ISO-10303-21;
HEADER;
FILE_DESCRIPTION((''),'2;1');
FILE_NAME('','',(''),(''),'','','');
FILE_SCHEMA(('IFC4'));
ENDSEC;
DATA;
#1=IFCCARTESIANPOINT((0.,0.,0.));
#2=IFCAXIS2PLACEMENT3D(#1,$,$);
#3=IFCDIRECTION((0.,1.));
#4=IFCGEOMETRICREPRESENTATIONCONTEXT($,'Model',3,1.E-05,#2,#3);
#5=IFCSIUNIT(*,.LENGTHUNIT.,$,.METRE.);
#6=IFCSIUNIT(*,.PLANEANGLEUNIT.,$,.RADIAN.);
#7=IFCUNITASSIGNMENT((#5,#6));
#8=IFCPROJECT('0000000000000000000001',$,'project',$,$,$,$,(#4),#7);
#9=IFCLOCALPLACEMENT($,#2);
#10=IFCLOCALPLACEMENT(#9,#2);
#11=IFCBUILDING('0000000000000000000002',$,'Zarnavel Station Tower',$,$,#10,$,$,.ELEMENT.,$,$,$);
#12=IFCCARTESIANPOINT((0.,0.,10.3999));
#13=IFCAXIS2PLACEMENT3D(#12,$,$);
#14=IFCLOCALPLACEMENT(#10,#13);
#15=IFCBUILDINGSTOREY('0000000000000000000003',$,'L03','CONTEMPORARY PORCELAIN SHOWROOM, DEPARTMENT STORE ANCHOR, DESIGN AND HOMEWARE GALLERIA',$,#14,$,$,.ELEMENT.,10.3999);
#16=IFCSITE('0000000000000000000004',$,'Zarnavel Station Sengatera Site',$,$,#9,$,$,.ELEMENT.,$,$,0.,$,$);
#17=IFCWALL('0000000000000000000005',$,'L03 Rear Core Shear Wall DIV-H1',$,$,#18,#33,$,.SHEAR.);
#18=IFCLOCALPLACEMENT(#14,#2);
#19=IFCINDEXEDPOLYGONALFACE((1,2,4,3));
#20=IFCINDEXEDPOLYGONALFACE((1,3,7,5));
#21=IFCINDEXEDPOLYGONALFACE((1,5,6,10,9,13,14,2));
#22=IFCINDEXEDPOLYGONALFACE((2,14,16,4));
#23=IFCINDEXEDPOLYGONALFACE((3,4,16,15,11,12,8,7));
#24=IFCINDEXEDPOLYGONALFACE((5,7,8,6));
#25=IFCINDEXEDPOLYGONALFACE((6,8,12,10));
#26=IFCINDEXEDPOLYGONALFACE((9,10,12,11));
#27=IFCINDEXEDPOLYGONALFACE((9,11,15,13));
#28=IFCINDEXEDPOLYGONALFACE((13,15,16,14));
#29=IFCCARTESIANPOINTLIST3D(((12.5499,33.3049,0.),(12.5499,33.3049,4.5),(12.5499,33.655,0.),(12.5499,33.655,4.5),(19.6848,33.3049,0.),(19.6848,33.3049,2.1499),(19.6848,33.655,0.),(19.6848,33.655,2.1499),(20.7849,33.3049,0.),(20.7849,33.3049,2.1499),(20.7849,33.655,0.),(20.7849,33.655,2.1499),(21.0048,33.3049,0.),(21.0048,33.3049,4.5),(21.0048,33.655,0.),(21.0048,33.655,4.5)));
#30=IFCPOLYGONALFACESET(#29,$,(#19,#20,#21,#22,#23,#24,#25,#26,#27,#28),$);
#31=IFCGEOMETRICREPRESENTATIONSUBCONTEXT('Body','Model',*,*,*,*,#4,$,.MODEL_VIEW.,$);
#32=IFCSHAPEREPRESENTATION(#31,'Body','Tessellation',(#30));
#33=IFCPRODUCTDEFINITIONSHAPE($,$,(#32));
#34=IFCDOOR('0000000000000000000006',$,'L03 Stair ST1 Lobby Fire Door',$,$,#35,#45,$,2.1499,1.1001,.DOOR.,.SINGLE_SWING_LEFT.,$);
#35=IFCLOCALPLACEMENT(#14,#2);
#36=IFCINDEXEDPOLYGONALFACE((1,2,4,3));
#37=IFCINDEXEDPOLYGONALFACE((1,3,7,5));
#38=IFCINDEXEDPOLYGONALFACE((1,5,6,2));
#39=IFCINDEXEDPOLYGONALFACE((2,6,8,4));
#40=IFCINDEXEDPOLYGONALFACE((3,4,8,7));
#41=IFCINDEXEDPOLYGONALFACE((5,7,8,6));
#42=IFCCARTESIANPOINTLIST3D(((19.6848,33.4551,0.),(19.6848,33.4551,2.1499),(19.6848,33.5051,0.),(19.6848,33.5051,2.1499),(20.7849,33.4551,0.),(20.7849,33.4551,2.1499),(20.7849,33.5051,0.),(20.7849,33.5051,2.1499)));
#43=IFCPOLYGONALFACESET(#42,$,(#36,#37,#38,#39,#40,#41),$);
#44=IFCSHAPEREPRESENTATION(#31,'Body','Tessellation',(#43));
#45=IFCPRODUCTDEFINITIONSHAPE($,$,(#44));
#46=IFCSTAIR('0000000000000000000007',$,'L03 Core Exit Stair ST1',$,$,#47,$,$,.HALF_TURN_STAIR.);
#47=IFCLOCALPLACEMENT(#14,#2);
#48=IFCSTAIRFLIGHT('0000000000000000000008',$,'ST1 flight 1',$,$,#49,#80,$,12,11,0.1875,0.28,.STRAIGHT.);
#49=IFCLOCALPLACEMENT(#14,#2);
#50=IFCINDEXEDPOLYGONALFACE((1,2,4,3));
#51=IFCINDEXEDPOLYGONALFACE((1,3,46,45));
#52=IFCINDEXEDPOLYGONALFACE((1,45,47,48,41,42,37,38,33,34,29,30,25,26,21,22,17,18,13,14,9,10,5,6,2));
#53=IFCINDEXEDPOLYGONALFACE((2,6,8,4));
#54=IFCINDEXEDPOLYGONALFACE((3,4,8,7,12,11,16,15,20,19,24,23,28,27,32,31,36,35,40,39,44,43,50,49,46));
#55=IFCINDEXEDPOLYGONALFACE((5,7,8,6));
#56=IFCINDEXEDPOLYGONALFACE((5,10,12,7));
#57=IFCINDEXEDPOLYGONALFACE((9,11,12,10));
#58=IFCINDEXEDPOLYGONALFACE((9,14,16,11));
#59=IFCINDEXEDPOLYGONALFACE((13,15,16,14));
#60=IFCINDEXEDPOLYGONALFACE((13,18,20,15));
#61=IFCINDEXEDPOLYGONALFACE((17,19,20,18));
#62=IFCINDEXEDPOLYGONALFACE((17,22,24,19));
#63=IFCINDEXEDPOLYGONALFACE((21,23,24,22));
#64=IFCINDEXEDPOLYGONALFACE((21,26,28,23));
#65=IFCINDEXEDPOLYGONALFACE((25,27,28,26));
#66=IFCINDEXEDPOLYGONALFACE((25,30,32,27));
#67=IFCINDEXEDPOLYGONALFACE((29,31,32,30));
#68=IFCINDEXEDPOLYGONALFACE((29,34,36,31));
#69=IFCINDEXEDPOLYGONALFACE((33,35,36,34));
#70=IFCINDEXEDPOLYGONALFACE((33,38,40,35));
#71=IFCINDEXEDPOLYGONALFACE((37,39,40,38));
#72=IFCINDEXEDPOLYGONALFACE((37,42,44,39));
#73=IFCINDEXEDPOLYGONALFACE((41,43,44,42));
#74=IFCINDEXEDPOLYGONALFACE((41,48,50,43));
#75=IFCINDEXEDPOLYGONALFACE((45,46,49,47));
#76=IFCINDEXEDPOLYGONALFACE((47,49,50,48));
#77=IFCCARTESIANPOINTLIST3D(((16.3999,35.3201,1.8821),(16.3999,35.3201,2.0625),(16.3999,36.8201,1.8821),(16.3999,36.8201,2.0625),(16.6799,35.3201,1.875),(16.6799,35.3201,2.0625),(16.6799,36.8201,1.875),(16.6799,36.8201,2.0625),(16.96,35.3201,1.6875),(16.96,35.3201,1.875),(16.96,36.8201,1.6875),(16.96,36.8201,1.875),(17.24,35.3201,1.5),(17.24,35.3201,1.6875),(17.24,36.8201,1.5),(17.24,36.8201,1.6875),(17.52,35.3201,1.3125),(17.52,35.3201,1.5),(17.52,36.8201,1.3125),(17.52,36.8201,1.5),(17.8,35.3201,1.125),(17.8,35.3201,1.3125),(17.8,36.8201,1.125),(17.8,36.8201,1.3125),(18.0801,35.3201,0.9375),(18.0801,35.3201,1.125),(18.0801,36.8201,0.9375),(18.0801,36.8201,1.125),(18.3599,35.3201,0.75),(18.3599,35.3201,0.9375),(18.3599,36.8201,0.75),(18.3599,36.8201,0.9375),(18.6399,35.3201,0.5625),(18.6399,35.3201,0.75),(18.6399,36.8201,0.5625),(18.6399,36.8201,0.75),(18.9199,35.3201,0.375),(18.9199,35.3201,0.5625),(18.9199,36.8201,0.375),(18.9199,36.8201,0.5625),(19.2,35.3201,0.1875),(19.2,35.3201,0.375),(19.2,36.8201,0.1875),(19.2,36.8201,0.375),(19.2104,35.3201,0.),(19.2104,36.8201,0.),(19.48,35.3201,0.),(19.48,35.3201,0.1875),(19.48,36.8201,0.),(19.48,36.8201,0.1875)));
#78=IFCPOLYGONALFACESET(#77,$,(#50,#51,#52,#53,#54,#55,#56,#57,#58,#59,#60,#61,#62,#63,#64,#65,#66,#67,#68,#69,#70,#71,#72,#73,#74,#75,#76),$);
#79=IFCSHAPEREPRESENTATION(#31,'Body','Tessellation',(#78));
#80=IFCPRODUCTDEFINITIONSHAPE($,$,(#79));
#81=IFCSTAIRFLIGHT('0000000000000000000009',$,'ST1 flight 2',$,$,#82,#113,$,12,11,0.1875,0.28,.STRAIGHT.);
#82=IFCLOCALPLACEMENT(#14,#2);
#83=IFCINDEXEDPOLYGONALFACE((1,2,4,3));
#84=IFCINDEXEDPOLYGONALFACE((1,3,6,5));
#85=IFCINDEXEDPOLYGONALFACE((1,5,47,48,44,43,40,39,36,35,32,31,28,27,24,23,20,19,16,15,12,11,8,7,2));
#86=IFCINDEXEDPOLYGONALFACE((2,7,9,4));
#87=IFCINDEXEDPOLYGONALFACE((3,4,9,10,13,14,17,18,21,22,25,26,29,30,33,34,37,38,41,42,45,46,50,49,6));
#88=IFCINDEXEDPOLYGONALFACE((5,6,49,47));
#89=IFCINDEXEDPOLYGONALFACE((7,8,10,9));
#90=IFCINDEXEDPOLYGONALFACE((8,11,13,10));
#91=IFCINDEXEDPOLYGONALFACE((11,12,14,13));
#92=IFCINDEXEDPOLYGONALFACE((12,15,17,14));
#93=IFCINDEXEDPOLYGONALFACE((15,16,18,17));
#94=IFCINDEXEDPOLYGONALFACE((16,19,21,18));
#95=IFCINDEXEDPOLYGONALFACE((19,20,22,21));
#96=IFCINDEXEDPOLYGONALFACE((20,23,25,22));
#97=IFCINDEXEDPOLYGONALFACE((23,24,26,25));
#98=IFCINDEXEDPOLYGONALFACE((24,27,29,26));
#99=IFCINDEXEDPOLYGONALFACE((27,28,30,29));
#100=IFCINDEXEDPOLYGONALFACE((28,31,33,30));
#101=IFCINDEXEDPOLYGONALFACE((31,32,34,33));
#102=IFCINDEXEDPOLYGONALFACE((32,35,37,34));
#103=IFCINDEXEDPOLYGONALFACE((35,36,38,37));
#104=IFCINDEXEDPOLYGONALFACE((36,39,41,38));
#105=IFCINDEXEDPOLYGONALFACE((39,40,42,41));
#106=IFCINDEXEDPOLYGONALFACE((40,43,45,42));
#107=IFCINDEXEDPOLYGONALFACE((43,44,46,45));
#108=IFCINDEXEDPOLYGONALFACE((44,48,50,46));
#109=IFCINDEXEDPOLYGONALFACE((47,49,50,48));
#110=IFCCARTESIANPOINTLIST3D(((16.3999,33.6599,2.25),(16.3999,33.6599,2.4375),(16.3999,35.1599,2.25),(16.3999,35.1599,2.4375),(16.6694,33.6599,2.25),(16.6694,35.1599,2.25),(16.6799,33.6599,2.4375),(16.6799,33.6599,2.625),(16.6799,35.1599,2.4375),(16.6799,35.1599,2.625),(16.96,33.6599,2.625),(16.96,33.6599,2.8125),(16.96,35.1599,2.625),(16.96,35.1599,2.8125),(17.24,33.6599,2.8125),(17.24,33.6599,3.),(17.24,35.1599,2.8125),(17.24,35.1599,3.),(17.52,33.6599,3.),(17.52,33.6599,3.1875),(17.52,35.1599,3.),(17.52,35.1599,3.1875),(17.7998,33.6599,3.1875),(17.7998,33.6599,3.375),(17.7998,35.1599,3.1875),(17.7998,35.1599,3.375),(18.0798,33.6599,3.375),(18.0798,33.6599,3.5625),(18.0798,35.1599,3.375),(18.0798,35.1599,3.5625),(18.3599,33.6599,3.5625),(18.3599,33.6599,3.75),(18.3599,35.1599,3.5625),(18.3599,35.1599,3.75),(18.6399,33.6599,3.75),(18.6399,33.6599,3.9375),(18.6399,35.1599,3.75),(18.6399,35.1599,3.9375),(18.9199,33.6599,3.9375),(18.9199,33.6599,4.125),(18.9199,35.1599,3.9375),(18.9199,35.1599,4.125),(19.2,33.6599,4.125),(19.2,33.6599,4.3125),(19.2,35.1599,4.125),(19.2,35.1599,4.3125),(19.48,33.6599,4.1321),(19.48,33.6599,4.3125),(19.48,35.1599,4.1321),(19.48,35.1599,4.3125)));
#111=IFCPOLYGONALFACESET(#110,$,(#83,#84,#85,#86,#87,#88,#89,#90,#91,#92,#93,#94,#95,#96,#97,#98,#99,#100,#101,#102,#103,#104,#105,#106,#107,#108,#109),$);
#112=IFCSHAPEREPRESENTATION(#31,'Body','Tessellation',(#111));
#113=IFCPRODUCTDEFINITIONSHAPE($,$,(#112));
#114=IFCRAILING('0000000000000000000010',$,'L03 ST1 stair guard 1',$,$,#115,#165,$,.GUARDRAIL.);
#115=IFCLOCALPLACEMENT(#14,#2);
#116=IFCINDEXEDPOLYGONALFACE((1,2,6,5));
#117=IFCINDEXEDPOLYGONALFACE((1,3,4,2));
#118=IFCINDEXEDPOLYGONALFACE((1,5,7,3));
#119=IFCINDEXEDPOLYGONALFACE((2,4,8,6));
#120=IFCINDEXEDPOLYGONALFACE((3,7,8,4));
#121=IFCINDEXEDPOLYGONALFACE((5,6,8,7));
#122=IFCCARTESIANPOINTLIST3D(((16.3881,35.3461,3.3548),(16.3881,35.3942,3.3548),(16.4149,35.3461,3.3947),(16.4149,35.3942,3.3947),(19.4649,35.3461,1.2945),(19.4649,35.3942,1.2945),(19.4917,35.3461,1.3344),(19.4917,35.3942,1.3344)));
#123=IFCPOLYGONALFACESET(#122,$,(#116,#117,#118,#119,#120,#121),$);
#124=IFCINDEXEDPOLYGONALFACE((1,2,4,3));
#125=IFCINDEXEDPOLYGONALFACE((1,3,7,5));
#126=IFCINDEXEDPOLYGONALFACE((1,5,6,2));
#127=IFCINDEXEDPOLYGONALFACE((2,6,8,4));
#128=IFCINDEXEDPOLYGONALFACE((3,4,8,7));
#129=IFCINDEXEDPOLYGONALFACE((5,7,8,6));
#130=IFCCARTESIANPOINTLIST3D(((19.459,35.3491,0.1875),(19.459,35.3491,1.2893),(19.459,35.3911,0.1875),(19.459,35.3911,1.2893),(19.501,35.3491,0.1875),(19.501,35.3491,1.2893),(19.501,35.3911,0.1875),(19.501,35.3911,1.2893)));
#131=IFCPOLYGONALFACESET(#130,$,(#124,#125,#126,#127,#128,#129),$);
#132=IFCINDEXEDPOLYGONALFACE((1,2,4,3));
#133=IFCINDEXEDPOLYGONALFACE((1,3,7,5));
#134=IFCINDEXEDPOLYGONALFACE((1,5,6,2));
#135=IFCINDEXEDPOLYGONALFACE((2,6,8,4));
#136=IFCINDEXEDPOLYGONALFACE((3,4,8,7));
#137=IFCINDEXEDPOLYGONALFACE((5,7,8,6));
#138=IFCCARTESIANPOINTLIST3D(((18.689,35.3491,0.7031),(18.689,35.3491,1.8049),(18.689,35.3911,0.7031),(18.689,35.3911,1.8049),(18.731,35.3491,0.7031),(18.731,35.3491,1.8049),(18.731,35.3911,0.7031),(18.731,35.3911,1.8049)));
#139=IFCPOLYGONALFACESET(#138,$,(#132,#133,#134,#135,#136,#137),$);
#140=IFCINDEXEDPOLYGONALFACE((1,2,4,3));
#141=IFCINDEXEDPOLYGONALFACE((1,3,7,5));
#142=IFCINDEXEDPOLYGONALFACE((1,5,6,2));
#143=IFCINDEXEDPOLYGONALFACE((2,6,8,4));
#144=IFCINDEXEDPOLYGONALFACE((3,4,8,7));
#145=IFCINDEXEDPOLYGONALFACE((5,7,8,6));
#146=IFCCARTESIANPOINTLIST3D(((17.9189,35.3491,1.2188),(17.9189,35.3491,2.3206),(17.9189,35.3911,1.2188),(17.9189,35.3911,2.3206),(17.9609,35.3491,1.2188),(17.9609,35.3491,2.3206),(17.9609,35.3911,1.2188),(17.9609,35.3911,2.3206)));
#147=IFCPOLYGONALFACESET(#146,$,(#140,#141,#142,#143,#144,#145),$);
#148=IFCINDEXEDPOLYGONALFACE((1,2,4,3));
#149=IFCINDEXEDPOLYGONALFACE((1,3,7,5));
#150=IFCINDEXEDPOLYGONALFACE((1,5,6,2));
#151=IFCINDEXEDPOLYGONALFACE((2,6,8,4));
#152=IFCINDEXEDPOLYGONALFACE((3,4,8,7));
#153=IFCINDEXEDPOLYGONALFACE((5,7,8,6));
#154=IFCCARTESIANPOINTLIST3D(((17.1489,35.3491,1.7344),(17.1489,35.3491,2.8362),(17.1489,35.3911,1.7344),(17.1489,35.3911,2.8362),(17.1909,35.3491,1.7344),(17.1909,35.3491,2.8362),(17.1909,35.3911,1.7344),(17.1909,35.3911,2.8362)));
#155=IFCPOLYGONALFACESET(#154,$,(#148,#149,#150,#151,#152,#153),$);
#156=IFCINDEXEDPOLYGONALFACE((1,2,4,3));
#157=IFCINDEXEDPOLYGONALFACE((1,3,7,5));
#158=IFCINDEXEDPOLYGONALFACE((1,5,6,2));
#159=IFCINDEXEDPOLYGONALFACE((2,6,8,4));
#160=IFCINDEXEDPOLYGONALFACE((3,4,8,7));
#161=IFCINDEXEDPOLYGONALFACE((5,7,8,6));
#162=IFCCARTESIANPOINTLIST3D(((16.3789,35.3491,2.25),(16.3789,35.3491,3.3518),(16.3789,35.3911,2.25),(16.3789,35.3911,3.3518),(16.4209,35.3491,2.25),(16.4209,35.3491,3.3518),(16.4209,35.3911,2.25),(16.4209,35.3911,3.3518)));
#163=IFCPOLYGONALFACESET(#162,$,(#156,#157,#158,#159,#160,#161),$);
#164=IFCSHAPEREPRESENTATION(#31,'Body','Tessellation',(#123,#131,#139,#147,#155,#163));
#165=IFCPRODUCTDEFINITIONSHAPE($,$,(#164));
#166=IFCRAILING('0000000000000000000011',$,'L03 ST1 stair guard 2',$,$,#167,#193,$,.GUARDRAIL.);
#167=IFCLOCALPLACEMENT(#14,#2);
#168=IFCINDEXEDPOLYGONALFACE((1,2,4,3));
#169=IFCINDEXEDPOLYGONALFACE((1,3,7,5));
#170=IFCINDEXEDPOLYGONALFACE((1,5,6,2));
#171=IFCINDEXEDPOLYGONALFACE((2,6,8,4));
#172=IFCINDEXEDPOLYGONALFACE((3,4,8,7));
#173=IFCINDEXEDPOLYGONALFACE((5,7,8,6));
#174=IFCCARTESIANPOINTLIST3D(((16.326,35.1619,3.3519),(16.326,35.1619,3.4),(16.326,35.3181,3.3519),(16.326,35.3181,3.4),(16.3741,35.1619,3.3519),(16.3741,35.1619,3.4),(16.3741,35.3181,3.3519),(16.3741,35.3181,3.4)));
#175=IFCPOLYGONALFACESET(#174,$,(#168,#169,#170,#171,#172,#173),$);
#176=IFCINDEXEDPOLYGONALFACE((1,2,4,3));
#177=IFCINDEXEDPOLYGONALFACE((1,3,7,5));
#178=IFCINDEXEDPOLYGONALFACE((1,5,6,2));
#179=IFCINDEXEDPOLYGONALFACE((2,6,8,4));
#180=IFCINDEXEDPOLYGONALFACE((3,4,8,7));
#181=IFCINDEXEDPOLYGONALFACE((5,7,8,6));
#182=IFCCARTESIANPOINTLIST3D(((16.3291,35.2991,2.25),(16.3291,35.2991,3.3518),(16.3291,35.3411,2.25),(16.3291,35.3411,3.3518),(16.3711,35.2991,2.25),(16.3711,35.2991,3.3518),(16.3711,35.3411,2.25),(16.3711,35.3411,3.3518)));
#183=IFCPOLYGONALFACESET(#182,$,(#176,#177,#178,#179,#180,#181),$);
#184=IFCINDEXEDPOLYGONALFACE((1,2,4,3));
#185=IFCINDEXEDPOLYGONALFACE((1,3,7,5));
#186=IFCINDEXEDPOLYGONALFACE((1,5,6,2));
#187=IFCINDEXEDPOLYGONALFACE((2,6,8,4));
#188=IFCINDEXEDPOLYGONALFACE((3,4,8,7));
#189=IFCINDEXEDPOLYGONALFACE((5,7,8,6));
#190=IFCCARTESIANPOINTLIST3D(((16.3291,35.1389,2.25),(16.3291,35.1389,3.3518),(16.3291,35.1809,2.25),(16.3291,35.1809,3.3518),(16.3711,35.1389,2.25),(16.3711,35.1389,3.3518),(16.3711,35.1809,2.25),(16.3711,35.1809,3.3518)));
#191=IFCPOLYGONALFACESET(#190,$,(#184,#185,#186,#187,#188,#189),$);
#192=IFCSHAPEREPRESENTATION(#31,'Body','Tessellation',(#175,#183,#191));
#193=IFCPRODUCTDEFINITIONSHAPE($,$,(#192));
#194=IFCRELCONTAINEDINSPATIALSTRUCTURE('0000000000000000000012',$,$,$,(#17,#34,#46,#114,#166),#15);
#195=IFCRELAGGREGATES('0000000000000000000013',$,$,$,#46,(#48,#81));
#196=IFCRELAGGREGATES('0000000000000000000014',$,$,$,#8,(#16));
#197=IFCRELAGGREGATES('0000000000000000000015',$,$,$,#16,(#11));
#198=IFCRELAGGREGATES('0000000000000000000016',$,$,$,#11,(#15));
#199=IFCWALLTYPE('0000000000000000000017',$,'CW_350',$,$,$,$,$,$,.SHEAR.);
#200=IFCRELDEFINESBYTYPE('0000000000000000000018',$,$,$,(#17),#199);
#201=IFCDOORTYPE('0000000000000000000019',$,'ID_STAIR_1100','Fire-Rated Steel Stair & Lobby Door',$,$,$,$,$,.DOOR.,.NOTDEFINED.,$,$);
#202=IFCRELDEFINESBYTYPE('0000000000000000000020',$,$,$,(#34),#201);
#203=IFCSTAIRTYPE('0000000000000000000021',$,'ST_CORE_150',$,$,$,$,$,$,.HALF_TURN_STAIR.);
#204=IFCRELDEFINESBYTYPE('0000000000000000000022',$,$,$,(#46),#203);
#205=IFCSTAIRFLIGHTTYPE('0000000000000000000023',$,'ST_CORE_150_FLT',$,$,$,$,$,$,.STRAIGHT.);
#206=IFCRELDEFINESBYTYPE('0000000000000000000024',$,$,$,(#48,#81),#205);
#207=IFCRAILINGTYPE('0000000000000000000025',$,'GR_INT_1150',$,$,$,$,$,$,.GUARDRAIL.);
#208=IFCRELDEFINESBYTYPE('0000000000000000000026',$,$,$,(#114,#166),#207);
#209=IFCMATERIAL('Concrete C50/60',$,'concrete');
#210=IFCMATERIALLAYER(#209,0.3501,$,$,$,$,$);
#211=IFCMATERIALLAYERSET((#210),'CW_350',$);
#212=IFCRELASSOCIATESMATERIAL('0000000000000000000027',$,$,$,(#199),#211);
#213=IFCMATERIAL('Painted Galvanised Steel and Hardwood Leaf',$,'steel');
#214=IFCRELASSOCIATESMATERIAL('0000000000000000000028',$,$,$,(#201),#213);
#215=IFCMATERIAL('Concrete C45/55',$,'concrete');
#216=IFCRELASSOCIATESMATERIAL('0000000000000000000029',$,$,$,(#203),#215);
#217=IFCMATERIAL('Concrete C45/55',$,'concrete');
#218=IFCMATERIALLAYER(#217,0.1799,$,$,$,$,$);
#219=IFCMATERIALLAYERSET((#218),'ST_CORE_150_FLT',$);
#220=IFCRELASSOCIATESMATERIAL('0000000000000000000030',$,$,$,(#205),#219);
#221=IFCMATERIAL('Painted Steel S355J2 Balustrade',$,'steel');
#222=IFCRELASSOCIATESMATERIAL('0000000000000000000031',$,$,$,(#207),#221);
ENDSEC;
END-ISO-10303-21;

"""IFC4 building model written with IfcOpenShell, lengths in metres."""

from ifc_helpers import new_model, si_unit, direction, frame, frame_2d, origin, origin_2d, place, context, subcontext, project, spatial, polyline, rectangle, outline, extrude, material, layer, layer_set, type_object, element, fill, aggregate, save


model = new_model("IFC4")

# Units and contexts
model_context = context("Model", 3, precision=1e-05, world=origin(), true_north=direction((0.0, 1.0)))
body_context = subcontext(model_context, "Body", "Model", "MODEL_VIEW")
ifc_project = project(units=[si_unit("LENGTHUNIT", "METRE"), si_unit("PLANEANGLEUNIT", "RADIAN")], contexts=[model_context])

# Site, building, storey
site_placement = place(None, origin())
site = spatial("IfcSite", under=ifc_project, at=site_placement, Name="Zarnavel Station Sengatera Site", CompositionType="ELEMENT", RefElevation=0.0)
building_placement = place(site_placement, origin())
building = spatial("IfcBuilding", under=site, at=building_placement, Name="Zarnavel Station Tower", CompositionType="ELEMENT")
storey_placement = place(building_placement, frame((0.0, 0.0, 10.3999)))
storey = spatial("IfcBuildingStorey", under=building, at=storey_placement, Name="L03", Description="CONTEMPORARY PORCELAIN SHOWROOM, DEPARTMENT STORE ANCHOR, DESIGN AND HOMEWARE GALLERIA", CompositionType="ELEMENT", Elevation=10.3999)

# Wall, opening, door
ifc_material_1 = material(Name="Concrete C50/60", Category="concrete")
ifc_layer_1 = layer(ifc_material_1, 0.3501)
ifc_layer_set_1 = layer_set([ifc_layer_1], Name="CW_350")
wall_type_1 = type_object("IfcWallType", Name="CW_350", PredefinedType="SHEAR", material=ifc_layer_set_1)
wall_1_placement = place(storey_placement, frame((21.0049, 33.48, 0.0), z_axis=(0.0, 0.0, 1.0), x_axis=(-1.0, 0.0, 0.0)))
wall_1 = element("IfcWall", 1, at=wall_1_placement, inside=storey, type_object=wall_type_1, Name="L03 Rear Core Shear Wall DIV-H1", PredefinedType="SHEAR", context=body_context, shape_type="SweptSolid", body=[
    extrude(rectangle(XDim=8.4548, YDim=0.3501, at=frame_2d((4.2275, 0.0))), origin(), (0.0, 0.0, 1.0), 4.5),
])
opening_1_placement = place(wall_1_placement, frame((0.22, 0.0, 0.0)))
opening_1 = element("IfcOpeningElement", 2, at=opening_1_placement, cuts=wall_1, PredefinedType="OPENING", context=body_context, shape_type="SweptSolid", body=[
    extrude(rectangle(XDim=1.1001, YDim=2.1499, at=frame_2d((0.55, 1.075))), frame((0.0, 0.1851, 0.0), z_axis=(0.0, -1.0, 0.0), x_axis=(1.0, 0.0, 0.0)), (0.0, 0.0, 1.0), 0.3701),
])
ifc_material_2 = material(Name="Painted Galvanised Steel and Hardwood Leaf", Category="steel")
door_type_1 = type_object("IfcDoorType", Name="ID_STAIR_1100", Description="Fire-Rated Steel Stair & Lobby Door", OperationType="NOTDEFINED", PredefinedType="DOOR", material=ifc_material_2)
door_1_placement = place(opening_1_placement, origin())
door_1 = element("IfcDoor", 3, at=door_1_placement, inside=storey, type_object=door_type_1, Name="L03 Stair ST1 Lobby Fire Door", OperationType="SINGLE_SWING_LEFT", OverallHeight=2.1499, OverallWidth=1.1001, PredefinedType="DOOR", context=body_context, shape_type="SweptSolid", body=[
    extrude(rectangle(XDim=1.1001, YDim=2.1499, at=frame_2d((0.55, 1.075))), frame((0.0, 0.0249, 0.0), z_axis=(0.0, -1.0, 0.0), x_axis=(1.0, 0.0, 0.0)), (0.0, 0.0, 1.0), 0.05),
])
fill(opening_1, door_1)

# Stair, stair flights
ifc_material_3 = material(Name="Concrete C45/55", Category="concrete")
stair_type = type_object("IfcStairType", Name="ST_CORE_150", PredefinedType="HALF_TURN_STAIR", material=ifc_material_3)
stair_placement = place(storey_placement, origin())
stair = element("IfcStair", 4, at=stair_placement, inside=storey, type_object=stair_type, Name="L03 Core Exit Stair ST1", PredefinedType="HALF_TURN_STAIR")
ifc_material_4 = material(Name="Concrete C45/55", Category="concrete")
ifc_layer_2 = layer(ifc_material_4, 0.1799)
ifc_layer_set_2 = layer_set([ifc_layer_2], Name="ST_CORE_150_FLT")
stair_flight_type = type_object("IfcStairFlightType", Name="ST_CORE_150_FLT", PredefinedType="STRAIGHT", material=ifc_layer_set_2)
stair_flight_1_placement = place(storey_placement, frame((19.48, 36.0701, 0.0), z_axis=(0.0, 0.0, 1.0), x_axis=(-1.0, 0.0, 0.0)))
stair_flight_1 = element("IfcStairFlight", 5, at=stair_flight_1_placement, type_object=stair_flight_type, Name="ST1 flight 1", NumberOfRisers=12, NumberOfTreads=11, PredefinedType="STRAIGHT", RiserHeight=0.1875, TreadLength=0.28, context=body_context, shape_type="SweptSolid", body=[
    extrude(outline(polyline([(0.0, 0.0), (0.0, 0.1875), (0.28, 0.1875), (0.28, 0.375), (0.5601, 0.375), (0.5601, 0.5625), (0.8401, 0.5625), (0.8401, 0.75), (1.1201, 0.75), (1.1201, 0.9375), (1.3999, 0.9375), (1.3999, 1.125), (1.6799, 1.125), (1.6799, 1.3125), (1.96, 1.3125), (1.96, 1.5), (2.24, 1.5), (2.24, 1.6875), (2.52, 1.6875), (2.52, 1.875), (2.8, 1.875), (2.8, 2.0625), (3.0801, 2.0625), (3.0801, 2.25), (3.0801, 1.8821), (0.2695, 0.0), (0.0, 0.0)])), frame((0.0, 0.75, 0.0), z_axis=(0.0, -1.0, 0.0), x_axis=(1.0, 0.0, 0.0)), (0.0, 0.0, 1.0), 1.5),
])
stair_flight_2_placement = place(storey_placement, frame((16.3999, 34.4099, 2.25), z_axis=(0.0, 0.0, 1.0), x_axis=(1.0, 0.0, 0.0)))
stair_flight_2 = element("IfcStairFlight", 6, at=stair_flight_2_placement, type_object=stair_flight_type, Name="ST1 flight 2", NumberOfRisers=12, NumberOfTreads=11, PredefinedType="STRAIGHT", RiserHeight=0.1875, TreadLength=0.28, context=body_context, shape_type="SweptSolid", body=[
    extrude(outline(polyline([(0.0, 0.0), (0.0, 0.1875), (0.28, 0.1875), (0.28, 0.375), (0.5601, 0.375), (0.5601, 0.5625), (0.8401, 0.5625), (0.8401, 0.75), (1.1201, 0.75), (1.1201, 0.9375), (1.3999, 0.9375), (1.3999, 1.125), (1.6799, 1.125), (1.6799, 1.3125), (1.96, 1.3125), (1.96, 1.5), (2.24, 1.5), (2.24, 1.6875), (2.52, 1.6875), (2.52, 1.875), (2.8, 1.875), (2.8, 2.0625), (3.0801, 2.0625), (3.0801, 2.25), (3.0801, 1.8821), (0.2695, 0.0), (0.0, 0.0)])), frame((0.0, 0.75, 0.0), z_axis=(0.0, -1.0, 0.0), x_axis=(1.0, 0.0, 0.0)), (0.0, 0.0, 1.0), 1.5),
])
aggregate(stair, [stair_flight_1, stair_flight_2])

# Railings
ifc_material_5 = material(Name="Painted Steel S355J2 Balustrade", Category="steel")
railing_type_1 = type_object("IfcRailingType", Name="GR_INT_1150", PredefinedType="GUARDRAIL", material=ifc_material_5)
railing_1_placement = place(storey_placement, frame((19.48, 35.3701, 0.1875)))
element("IfcRailing", 7, at=railing_1_placement, inside=storey, type_object=railing_type_1, Name="L03 ST1 stair guard 1", PredefinedType="GUARDRAIL", context=body_context, shape_type="SweptSolid", body=[
    extrude(rectangle(XDim=0.0481, YDim=0.0481, at=origin_2d()), frame((-0.0017, 0.0, 1.127), z_axis=(-0.830914, 0.0, 0.556401), x_axis=(0.0, -1.0, 0.0)), (0.0, 0.0, 1.0), 3.7029),
    extrude(rectangle(XDim=0.042, YDim=0.042, at=origin_2d()), origin(), (0.0, 0.0, 1.0), 1.1018),
    extrude(rectangle(XDim=0.042, YDim=0.042, at=origin_2d()), frame((-0.77, 0.0, 0.5156)), (0.0, 0.0, 1.0), 1.1018),
    extrude(rectangle(XDim=0.042, YDim=0.042, at=origin_2d()), frame((-1.54, 0.0, 1.0312)), (0.0, 0.0, 1.0), 1.1018),
    extrude(rectangle(XDim=0.042, YDim=0.042, at=origin_2d()), frame((-2.3101, 0.0, 1.5469)), (0.0, 0.0, 1.0), 1.1018),
    extrude(rectangle(XDim=0.042, YDim=0.042, at=origin_2d()), frame((-3.0801, 0.0, 2.0625)), (0.0, 0.0, 1.0), 1.1018),
])
railing_2_placement = place(storey_placement, frame((16.3501, 35.3201, 2.25)))
element("IfcRailing", 8, at=railing_2_placement, inside=storey, type_object=railing_type_1, Name="L03 ST1 stair guard 2", PredefinedType="GUARDRAIL", context=body_context, shape_type="SweptSolid", body=[
    extrude(rectangle(XDim=0.0481, YDim=0.0481, at=origin_2d()), frame((0.0, -0.002, 1.126), z_axis=(0.0, -1.0, 0.0), x_axis=(1.0, 0.0, 0.0)), (0.0, 0.0, 1.0), 0.1562),
    extrude(rectangle(XDim=0.042, YDim=0.042, at=origin_2d()), origin(), (0.0, 0.0, 1.0), 1.1018),
    extrude(rectangle(XDim=0.042, YDim=0.042, at=origin_2d()), frame((0.0, -0.1602, 0.0)), (0.0, 0.0, 1.0), 1.1018),
])

save(model, "model.ifc")
